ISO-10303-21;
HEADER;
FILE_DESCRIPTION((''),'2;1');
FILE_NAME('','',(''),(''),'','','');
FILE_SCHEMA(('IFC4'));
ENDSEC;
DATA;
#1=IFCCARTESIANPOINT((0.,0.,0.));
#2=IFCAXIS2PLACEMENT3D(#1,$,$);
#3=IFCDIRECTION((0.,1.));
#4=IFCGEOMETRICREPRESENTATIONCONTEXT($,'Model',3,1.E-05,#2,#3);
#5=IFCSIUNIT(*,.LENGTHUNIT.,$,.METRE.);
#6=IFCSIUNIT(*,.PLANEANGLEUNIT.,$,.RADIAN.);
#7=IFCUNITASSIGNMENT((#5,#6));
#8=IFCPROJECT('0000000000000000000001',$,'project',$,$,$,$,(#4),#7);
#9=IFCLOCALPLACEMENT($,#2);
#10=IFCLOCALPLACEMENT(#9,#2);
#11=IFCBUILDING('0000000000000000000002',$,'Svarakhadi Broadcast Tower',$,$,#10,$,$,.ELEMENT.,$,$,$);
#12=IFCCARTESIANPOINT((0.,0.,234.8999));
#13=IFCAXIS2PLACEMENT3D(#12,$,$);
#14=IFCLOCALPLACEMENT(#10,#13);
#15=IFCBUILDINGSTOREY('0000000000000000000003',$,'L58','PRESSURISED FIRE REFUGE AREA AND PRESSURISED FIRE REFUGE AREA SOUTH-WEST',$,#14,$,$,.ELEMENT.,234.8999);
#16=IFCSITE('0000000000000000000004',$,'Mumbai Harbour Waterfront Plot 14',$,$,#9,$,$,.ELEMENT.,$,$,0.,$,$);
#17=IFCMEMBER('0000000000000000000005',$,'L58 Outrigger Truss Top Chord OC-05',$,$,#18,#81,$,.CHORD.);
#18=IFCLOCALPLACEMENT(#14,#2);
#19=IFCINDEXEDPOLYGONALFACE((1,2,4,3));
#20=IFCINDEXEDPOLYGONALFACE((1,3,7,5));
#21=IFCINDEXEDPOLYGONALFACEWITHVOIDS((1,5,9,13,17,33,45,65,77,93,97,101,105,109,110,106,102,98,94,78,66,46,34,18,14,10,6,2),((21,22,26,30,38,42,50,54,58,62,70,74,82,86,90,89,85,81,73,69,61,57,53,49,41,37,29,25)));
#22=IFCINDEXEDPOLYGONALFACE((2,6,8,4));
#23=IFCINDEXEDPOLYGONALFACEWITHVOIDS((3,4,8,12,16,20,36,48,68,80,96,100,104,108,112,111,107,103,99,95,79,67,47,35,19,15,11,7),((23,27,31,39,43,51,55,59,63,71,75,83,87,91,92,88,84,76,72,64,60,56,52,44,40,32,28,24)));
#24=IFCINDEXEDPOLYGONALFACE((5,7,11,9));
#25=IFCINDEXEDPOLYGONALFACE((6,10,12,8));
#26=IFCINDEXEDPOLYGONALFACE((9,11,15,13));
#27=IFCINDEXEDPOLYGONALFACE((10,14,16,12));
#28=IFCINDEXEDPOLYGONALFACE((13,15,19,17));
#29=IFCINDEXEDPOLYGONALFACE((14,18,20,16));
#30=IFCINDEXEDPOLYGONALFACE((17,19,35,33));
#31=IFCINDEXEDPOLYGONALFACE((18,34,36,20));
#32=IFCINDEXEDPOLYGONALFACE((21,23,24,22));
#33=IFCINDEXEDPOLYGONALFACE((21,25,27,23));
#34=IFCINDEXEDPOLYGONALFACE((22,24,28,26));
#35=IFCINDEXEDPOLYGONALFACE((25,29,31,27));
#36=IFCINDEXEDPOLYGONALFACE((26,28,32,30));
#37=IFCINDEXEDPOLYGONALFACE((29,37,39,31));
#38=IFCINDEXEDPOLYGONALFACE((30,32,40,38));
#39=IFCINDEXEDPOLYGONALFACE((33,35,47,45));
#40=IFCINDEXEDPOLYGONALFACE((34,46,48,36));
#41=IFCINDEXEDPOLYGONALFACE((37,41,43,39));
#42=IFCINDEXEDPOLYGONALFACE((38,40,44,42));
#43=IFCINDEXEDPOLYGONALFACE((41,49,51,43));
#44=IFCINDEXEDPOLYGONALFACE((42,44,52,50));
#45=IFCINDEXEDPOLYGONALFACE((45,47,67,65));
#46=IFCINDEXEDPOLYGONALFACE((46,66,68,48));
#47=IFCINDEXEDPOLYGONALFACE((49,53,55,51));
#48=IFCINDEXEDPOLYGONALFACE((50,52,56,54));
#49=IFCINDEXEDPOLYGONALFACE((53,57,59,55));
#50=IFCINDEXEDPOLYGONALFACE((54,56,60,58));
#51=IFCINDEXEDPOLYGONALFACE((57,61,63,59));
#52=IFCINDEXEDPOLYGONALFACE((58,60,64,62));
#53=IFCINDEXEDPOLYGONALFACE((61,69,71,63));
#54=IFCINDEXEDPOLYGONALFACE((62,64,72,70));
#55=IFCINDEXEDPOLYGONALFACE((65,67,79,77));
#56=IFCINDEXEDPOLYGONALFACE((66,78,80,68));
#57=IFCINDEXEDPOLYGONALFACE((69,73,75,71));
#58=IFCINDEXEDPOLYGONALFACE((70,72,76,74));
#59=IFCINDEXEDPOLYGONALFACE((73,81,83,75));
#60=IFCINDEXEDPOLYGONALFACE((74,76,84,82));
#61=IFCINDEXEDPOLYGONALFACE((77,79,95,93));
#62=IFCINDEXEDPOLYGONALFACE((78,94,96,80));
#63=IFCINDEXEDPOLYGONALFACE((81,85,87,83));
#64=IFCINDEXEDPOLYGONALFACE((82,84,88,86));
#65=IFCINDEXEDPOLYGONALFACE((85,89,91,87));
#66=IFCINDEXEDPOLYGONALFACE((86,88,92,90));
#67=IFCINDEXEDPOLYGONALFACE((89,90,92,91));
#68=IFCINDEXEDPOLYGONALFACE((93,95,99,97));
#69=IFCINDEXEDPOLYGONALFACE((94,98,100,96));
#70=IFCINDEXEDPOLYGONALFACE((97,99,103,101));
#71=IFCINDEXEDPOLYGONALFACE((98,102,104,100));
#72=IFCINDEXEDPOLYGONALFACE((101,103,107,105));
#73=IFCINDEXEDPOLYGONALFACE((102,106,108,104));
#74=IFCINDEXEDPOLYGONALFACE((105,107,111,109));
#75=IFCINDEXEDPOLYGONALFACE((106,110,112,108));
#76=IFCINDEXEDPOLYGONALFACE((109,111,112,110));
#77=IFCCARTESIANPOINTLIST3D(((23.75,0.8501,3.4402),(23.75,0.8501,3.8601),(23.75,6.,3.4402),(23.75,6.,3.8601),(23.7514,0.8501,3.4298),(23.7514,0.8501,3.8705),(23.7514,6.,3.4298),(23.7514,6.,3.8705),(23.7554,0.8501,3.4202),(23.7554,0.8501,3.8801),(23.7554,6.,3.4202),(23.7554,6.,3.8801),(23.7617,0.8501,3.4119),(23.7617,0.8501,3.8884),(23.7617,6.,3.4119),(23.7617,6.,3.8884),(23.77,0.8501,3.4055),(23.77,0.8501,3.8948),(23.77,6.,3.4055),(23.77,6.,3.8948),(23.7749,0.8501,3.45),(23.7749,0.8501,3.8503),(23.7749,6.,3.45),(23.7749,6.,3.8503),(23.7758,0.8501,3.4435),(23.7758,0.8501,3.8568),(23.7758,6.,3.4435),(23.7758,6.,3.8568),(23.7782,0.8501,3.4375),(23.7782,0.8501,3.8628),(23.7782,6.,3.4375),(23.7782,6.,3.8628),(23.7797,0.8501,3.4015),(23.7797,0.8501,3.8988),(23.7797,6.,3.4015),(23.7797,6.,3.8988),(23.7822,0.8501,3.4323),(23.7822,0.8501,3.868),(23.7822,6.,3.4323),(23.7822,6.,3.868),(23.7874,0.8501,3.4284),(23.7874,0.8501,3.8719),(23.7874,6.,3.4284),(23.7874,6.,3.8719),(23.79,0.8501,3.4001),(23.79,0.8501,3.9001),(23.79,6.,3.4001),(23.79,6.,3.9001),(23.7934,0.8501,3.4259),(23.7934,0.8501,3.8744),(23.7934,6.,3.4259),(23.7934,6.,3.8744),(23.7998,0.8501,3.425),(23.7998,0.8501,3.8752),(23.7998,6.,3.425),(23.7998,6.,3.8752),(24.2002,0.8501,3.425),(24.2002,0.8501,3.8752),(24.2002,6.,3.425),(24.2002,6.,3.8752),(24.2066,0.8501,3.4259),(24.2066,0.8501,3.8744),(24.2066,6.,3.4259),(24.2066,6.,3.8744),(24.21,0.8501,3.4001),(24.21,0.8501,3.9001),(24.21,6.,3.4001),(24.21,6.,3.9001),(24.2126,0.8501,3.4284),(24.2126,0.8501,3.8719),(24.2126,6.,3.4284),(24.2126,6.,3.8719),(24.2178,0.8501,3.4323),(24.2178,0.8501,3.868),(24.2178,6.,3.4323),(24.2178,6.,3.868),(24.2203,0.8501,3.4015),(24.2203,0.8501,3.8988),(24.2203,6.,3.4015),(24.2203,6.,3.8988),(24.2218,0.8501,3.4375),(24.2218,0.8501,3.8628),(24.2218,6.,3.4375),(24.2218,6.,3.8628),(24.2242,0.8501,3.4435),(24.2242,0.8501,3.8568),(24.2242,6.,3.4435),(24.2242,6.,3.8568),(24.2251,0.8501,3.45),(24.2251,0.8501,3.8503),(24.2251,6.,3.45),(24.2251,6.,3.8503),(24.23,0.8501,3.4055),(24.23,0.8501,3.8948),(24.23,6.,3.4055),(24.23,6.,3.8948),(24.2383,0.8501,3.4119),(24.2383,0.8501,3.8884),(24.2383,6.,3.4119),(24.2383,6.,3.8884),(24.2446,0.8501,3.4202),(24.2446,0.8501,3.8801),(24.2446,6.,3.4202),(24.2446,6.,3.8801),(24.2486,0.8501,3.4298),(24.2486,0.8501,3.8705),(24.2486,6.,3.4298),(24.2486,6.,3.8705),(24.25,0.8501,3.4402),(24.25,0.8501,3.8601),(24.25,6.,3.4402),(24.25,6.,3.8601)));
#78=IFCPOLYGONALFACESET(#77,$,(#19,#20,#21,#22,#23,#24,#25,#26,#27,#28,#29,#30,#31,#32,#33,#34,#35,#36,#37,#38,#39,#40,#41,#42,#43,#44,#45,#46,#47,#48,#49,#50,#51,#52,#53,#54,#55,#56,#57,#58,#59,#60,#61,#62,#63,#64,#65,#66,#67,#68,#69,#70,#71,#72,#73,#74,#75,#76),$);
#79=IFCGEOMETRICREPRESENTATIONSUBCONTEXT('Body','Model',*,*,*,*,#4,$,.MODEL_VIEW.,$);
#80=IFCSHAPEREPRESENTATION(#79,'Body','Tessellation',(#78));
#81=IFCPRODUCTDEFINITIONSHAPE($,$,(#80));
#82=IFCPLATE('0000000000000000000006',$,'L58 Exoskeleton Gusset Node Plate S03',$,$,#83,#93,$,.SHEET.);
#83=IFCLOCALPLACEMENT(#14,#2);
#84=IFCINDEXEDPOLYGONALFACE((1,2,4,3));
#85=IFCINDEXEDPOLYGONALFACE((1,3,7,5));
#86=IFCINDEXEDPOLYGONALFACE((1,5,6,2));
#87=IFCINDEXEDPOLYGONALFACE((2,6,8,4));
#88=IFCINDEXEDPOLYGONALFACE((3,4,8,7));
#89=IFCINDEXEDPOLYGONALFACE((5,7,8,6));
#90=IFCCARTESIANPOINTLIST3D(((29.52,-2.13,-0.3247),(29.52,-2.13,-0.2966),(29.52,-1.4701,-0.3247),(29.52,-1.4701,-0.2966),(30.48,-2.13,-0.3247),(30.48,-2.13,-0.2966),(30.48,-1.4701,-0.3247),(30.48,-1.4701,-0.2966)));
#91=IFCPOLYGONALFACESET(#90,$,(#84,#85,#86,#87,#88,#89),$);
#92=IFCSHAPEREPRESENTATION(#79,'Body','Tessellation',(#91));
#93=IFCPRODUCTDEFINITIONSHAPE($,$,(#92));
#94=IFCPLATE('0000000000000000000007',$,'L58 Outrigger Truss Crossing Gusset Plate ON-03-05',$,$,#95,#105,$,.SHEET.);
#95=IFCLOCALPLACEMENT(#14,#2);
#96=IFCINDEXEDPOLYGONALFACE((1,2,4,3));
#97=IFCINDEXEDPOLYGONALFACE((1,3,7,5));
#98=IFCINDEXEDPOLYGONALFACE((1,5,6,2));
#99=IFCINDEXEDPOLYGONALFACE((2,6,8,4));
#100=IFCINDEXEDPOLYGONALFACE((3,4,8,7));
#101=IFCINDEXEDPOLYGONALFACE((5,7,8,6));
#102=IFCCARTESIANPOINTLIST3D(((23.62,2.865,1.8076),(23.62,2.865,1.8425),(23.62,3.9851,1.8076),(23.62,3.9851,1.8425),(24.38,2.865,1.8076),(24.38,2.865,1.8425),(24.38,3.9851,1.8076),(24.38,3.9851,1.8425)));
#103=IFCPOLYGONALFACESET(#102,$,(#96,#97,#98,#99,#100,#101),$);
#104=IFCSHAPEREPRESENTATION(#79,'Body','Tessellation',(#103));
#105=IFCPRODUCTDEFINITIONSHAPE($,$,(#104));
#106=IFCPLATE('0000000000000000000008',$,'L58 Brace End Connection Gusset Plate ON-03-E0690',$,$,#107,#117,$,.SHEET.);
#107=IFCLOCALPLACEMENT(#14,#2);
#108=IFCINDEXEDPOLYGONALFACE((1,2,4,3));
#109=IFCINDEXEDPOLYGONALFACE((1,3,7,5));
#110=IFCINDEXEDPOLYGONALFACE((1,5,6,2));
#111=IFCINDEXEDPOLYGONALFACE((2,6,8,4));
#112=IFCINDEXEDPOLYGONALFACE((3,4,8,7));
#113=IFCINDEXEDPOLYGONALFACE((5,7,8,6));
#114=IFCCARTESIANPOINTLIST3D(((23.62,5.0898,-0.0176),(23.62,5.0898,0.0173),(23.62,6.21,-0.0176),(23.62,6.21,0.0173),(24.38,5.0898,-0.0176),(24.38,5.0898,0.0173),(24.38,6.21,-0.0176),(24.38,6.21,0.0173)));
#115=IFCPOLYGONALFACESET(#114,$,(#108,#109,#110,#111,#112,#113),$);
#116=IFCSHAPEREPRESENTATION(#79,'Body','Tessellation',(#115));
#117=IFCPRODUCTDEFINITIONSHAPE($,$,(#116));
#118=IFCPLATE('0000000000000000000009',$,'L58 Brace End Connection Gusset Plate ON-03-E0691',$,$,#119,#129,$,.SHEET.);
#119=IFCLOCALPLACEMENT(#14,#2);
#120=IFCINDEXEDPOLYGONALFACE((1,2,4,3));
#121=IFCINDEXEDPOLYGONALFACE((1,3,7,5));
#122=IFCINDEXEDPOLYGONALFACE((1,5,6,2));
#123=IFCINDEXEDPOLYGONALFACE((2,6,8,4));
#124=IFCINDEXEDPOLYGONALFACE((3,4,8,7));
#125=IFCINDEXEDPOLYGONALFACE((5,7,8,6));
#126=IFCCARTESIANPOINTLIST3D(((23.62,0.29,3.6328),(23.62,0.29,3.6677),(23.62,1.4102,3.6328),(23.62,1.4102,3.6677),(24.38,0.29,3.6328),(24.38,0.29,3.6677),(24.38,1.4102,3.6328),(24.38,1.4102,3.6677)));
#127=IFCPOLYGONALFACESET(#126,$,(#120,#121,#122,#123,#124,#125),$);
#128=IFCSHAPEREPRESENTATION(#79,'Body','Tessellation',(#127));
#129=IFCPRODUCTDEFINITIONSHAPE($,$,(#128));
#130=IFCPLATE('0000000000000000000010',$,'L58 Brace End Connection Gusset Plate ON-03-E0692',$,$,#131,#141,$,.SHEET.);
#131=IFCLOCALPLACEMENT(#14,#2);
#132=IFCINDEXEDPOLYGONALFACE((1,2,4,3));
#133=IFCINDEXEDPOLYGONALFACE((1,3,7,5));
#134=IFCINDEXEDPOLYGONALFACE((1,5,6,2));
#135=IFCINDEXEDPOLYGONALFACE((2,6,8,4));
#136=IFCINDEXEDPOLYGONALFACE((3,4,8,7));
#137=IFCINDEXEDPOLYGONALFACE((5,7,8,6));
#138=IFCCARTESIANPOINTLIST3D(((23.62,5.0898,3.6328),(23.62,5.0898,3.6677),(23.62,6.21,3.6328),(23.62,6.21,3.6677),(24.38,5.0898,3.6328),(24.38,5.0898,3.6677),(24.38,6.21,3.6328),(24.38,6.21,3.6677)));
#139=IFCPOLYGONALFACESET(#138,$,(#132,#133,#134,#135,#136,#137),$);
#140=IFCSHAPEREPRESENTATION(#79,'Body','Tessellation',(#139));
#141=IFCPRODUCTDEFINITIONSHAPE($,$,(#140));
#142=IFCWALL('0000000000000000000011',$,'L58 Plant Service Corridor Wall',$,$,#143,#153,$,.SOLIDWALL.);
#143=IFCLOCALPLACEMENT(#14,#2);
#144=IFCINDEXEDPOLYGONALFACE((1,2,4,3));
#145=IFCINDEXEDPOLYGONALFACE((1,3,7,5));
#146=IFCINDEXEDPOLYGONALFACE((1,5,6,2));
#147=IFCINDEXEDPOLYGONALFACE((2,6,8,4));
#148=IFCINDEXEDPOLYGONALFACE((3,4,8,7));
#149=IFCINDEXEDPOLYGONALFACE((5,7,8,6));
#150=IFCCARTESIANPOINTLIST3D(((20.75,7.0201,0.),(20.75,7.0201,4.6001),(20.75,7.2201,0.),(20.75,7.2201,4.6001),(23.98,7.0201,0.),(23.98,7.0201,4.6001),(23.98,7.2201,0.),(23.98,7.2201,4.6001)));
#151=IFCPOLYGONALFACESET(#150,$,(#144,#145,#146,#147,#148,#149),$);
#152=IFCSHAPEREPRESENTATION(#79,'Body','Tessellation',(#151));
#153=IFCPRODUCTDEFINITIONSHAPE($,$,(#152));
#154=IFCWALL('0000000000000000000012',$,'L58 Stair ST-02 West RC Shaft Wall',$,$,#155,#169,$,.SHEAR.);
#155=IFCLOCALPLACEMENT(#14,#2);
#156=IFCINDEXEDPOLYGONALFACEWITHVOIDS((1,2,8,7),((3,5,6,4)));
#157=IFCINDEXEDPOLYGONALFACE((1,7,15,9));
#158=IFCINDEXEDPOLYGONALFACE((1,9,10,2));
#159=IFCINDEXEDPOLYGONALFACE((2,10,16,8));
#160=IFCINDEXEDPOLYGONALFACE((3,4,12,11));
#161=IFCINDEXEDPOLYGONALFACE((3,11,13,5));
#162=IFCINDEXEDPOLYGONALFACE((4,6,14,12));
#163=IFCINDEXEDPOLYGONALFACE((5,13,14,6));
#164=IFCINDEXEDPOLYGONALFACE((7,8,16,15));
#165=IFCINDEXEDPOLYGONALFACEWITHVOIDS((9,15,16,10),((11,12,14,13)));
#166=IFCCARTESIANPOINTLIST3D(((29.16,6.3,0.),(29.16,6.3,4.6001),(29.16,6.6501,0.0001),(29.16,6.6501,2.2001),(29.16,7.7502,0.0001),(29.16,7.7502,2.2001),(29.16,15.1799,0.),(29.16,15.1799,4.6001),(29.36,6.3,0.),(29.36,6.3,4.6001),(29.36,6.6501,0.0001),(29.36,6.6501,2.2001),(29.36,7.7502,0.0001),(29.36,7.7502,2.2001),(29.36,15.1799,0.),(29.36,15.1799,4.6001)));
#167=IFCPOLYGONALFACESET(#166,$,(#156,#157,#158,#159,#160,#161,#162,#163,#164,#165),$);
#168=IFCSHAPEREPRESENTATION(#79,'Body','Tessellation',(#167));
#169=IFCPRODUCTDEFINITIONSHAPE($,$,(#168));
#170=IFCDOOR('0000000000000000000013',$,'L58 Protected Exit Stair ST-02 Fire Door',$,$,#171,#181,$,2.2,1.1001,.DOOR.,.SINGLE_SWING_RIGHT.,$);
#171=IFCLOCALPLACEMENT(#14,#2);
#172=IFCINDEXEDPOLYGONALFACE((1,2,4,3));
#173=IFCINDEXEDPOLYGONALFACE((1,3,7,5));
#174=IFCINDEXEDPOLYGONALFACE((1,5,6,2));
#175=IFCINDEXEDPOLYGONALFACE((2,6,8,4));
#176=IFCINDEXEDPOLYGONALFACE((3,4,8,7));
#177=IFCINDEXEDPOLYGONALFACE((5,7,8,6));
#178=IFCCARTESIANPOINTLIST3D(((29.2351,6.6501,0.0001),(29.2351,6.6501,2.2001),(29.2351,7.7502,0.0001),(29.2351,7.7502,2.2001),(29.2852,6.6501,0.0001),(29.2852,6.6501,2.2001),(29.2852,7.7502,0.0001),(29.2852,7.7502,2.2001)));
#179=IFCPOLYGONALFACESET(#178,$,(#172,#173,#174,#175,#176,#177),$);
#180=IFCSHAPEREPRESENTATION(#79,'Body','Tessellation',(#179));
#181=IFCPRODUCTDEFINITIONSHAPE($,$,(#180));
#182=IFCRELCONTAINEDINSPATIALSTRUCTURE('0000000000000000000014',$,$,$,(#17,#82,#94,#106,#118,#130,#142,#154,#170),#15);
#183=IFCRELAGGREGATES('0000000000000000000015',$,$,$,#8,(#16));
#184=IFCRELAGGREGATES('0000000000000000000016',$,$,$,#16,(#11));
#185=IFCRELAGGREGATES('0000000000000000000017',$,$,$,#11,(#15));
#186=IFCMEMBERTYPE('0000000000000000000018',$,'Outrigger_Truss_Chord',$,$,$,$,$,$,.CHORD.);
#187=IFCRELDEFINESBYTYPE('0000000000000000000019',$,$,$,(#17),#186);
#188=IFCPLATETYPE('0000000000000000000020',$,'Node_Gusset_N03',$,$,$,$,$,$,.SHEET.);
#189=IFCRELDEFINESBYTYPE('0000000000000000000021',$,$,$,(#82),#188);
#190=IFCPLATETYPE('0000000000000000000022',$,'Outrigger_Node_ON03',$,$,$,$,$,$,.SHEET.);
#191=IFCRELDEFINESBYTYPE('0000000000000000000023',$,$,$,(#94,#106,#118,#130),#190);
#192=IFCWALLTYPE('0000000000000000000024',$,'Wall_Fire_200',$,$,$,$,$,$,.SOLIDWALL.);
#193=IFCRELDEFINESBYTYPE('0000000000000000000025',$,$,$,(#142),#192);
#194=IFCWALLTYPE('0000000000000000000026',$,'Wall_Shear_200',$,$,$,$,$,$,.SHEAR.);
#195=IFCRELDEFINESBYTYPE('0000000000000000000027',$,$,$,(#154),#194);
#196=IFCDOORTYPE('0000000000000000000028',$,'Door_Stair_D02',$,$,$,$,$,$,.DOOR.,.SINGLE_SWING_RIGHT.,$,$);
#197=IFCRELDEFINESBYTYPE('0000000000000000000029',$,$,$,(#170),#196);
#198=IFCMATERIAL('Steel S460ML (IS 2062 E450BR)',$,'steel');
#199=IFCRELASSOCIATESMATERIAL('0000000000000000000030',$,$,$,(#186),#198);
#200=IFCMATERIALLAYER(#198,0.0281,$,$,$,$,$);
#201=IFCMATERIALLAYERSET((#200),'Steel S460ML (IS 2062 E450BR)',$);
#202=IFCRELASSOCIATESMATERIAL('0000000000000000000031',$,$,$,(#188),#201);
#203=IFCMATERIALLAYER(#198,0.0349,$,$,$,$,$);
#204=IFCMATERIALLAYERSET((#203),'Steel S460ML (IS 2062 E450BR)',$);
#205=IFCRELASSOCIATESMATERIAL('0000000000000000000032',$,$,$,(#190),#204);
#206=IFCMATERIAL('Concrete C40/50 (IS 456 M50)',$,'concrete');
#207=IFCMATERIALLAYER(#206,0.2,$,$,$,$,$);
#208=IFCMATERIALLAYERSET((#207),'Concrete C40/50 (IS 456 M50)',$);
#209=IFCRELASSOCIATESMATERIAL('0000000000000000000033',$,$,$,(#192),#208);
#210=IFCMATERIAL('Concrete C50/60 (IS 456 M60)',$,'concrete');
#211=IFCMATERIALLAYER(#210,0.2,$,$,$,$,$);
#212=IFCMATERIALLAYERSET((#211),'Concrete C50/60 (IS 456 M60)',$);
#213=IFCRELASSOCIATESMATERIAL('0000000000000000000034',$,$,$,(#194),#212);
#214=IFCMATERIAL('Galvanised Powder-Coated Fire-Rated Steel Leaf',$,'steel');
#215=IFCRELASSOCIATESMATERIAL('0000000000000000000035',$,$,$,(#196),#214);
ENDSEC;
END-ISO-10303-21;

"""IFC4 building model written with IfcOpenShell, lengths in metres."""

from ifc_helpers import new_model, si_unit, direction, frame, frame_2d, origin, origin_2d, place, context, subcontext, project, spatial, rectangle, hollow_rectangle, extrude, material, layer, layer_set, material_profile, profile_set, type_object, element, fill, save


model = new_model("IFC4")

# Units and contexts
model_context = context("Model", 3, precision=1e-05, world=origin(), true_north=direction((0.0, 1.0)))
body_context = subcontext(model_context, "Body", "Model", "MODEL_VIEW")
ifc_project = project(units=[si_unit("LENGTHUNIT", "METRE"), si_unit("PLANEANGLEUNIT", "RADIAN")], contexts=[model_context])

# Site, building, storey
site_placement = place(None, origin())
site = spatial("IfcSite", under=ifc_project, at=site_placement, Name="Mumbai Harbour Waterfront Plot 14", CompositionType="ELEMENT", RefElevation=0.0)
building_placement = place(site_placement, origin())
building = spatial("IfcBuilding", under=site, at=building_placement, Name="Svarakhadi Broadcast Tower", CompositionType="ELEMENT")
storey_placement = place(building_placement, frame((0.0, 0.0, 234.8999)))
storey = spatial("IfcBuildingStorey", under=building, at=storey_placement, Name="L58", Description="PRESSURISED FIRE REFUGE AREA AND PRESSURISED FIRE REFUGE AREA SOUTH-WEST", CompositionType="ELEMENT", Elevation=234.8999)

# Shared definitions
ifc_material_1 = material(Name="Concrete C50/60 (IS 456 M60)", Category="concrete")

# Shared definitions
ifc_material_2 = material(Name="Steel S460ML (IS 2062 E450BR)", Category="steel")

# Member
ifc_material_profile_1 = material_profile(ifc_material_2, hollow_rectangle(XDim=0.5, YDim=0.5, WallThickness=0.0249, InnerFilletRadius=0.0249, OuterFilletRadius=0.04, at=origin_2d()), Name="SHS 500x500x25")
ifc_profile_set_1 = profile_set([ifc_material_profile_1], Name="Steel S460ML (IS 2062 E450BR)")
member_type_1 = type_object("IfcMemberType", Name="Outrigger_Truss_Chord", PredefinedType="CHORD", material=ifc_profile_set_1)
member_1_placement = place(storey_placement, frame((24.0, 6.0, 3.6501), z_axis=(0.0, -1.0, 0.0), x_axis=(1.0, 0.0, 0.0)))
element("IfcMember", 1, at=member_1_placement, inside=storey, type_object=member_type_1, Name="L58 Outrigger Truss Top Chord OC-05", PredefinedType="CHORD", context=body_context, shape_type="SweptSolid", body=[
    extrude(hollow_rectangle(XDim=0.5, YDim=0.5, WallThickness=0.0249, InnerFilletRadius=0.0249, OuterFilletRadius=0.04, at=origin_2d()), origin(), (0.0, 0.0, 1.0), 5.1499),
])

# Plates
ifc_layer_1 = layer(ifc_material_2, 0.0281)
ifc_layer_set_1 = layer_set([ifc_layer_1], Name="Steel S460ML (IS 2062 E450BR)")
plate_type_1 = type_object("IfcPlateType", Name="Node_Gusset_N03", PredefinedType="SHEET", material=ifc_layer_set_1)
plate_placement = place(storey_placement, frame((30.0, -1.8, -0.3247), z_axis=(0.0, 0.0, 1.0), x_axis=(1.0, 0.0, 0.0)))
element("IfcPlate", 2, at=plate_placement, inside=storey, type_object=plate_type_1, Name="L58 Exoskeleton Gusset Node Plate S03", PredefinedType="SHEET", context=body_context, shape_type="SweptSolid", body=[
    extrude(rectangle(XDim=0.96, YDim=0.6599, at=origin_2d()), origin(), (0.0, 0.0, 1.0), 0.0281),
])
ifc_layer_2 = layer(ifc_material_2, 0.0349)
ifc_layer_set_2 = layer_set([ifc_layer_2], Name="Steel S460ML (IS 2062 E450BR)")
plate_type_2 = type_object("IfcPlateType", Name="Outrigger_Node_ON03", PredefinedType="SHEET", material=ifc_layer_set_2)
for number, where, z_axis, x_axis, name in (
    (3, (24.0, 3.425, 1.8076), (0.0, 0.0, 1.0), (0.0, 1.0, 0.0), "L58 Outrigger Truss Crossing Gusset Plate ON-03-05"),
    (4, (24.0, 5.6499, -0.0176), (0.0, 0.0, 1.0), (0.0, 1.0, 0.0), "L58 Brace End Connection Gusset Plate ON-03-E0690"),
    (5, (24.0, 0.8501, 3.6328), (0.0, 0.0, 1.0), (0.0, 1.0, 0.0), "L58 Brace End Connection Gusset Plate ON-03-E0691"),
    (6, (24.0, 5.6499, 3.6328), (0.0, 0.0, 1.0), (0.0, 1.0, 0.0), "L58 Brace End Connection Gusset Plate ON-03-E0692"),
):
    element("IfcPlate", number, at=place(storey_placement, frame(where, z_axis=z_axis, x_axis=x_axis)), inside=storey, type_object=plate_type_2, Name=name, PredefinedType="SHEET", context=body_context, shape_type="SweptSolid", body=[
        extrude(rectangle(XDim=1.1201, YDim=0.76, at=origin_2d()), origin(), (0.0, 0.0, 1.0), 0.0349),
    ])

# Wall
ifc_material_3 = material(Name="Concrete C40/50 (IS 456 M50)", Category="concrete")
ifc_layer_3 = layer(ifc_material_3, 0.2)
ifc_layer_set_3 = layer_set([ifc_layer_3], Name="Concrete C40/50 (IS 456 M50)")
wall_type_1 = type_object("IfcWallType", Name="Wall_Fire_200", PredefinedType="SOLIDWALL", material=ifc_layer_set_3)
wall_1_placement = place(storey_placement, frame((23.98, 7.1201, 0.0), z_axis=(0.0, 0.0, 1.0), x_axis=(-1.0, 0.0, 0.0)))
element("IfcWall", 7, at=wall_1_placement, inside=storey, type_object=wall_type_1, Name="L58 Plant Service Corridor Wall", PredefinedType="SOLIDWALL", context=body_context, shape_type="SweptSolid", body=[
    extrude(rectangle(XDim=3.23, YDim=0.2, at=frame_2d((1.615, 0.0))), origin(), (0.0, 0.0, 1.0), 4.6001),
])

# Wall, opening, door
ifc_layer_4 = layer(ifc_material_1, 0.2)
ifc_layer_set_4 = layer_set([ifc_layer_4], Name="Concrete C50/60 (IS 456 M60)")
wall_type_2 = type_object("IfcWallType", Name="Wall_Shear_200", PredefinedType="SHEAR", material=ifc_layer_set_4)
wall_2_placement = place(storey_placement, frame((29.26, 6.3, 0.0), z_axis=(0.0, 0.0, 1.0), x_axis=(0.0, 1.0, 0.0)))
wall_2 = element("IfcWall", 8, at=wall_2_placement, inside=storey, type_object=wall_type_2, Name="L58 Stair ST-02 West RC Shaft Wall", PredefinedType="SHEAR", context=body_context, shape_type="SweptSolid", body=[
    extrude(rectangle(XDim=8.8799, YDim=0.2, at=frame_2d((4.4399, 0.0))), origin(), (0.0, 0.0, 1.0), 4.6001),
])
opening_1_placement = place(wall_2_placement, frame((0.3501, 0.0, 0.0)))
opening_1 = element("IfcOpeningElement", 9, at=opening_1_placement, cuts=wall_2, PredefinedType="OPENING", context=body_context, shape_type="SweptSolid", body=[
    extrude(rectangle(XDim=1.1001, YDim=2.2, at=frame_2d((0.55, 1.1001))), frame((0.0, 0.1099, 0.0), z_axis=(0.0, -1.0, 0.0), x_axis=(1.0, 0.0, 0.0)), (0.0, 0.0, 1.0), 0.22),
])
ifc_material_4 = material(Name="Galvanised Powder-Coated Fire-Rated Steel Leaf", Category="steel")
door_type_1 = type_object("IfcDoorType", Name="Door_Stair_D02", OperationType="SINGLE_SWING_RIGHT", PredefinedType="DOOR", material=ifc_material_4)
door_1_placement = place(opening_1_placement, origin())
door_1 = element("IfcDoor", 10, at=door_1_placement, inside=storey, type_object=door_type_1, Name="L58 Protected Exit Stair ST-02 Fire Door", OperationType="SINGLE_SWING_RIGHT", OverallHeight=2.2, OverallWidth=1.1001, PredefinedType="DOOR", context=body_context, shape_type="SweptSolid", body=[
    extrude(rectangle(XDim=1.1001, YDim=2.2, at=frame_2d((0.55, 1.1001))), frame((0.0, 0.0249, 0.0), z_axis=(0.0, -1.0, 0.0), x_axis=(1.0, 0.0, 0.0)), (0.0, 0.0, 1.0), 0.05),
])
fill(opening_1, door_1)

save(model, "model.ifc")
